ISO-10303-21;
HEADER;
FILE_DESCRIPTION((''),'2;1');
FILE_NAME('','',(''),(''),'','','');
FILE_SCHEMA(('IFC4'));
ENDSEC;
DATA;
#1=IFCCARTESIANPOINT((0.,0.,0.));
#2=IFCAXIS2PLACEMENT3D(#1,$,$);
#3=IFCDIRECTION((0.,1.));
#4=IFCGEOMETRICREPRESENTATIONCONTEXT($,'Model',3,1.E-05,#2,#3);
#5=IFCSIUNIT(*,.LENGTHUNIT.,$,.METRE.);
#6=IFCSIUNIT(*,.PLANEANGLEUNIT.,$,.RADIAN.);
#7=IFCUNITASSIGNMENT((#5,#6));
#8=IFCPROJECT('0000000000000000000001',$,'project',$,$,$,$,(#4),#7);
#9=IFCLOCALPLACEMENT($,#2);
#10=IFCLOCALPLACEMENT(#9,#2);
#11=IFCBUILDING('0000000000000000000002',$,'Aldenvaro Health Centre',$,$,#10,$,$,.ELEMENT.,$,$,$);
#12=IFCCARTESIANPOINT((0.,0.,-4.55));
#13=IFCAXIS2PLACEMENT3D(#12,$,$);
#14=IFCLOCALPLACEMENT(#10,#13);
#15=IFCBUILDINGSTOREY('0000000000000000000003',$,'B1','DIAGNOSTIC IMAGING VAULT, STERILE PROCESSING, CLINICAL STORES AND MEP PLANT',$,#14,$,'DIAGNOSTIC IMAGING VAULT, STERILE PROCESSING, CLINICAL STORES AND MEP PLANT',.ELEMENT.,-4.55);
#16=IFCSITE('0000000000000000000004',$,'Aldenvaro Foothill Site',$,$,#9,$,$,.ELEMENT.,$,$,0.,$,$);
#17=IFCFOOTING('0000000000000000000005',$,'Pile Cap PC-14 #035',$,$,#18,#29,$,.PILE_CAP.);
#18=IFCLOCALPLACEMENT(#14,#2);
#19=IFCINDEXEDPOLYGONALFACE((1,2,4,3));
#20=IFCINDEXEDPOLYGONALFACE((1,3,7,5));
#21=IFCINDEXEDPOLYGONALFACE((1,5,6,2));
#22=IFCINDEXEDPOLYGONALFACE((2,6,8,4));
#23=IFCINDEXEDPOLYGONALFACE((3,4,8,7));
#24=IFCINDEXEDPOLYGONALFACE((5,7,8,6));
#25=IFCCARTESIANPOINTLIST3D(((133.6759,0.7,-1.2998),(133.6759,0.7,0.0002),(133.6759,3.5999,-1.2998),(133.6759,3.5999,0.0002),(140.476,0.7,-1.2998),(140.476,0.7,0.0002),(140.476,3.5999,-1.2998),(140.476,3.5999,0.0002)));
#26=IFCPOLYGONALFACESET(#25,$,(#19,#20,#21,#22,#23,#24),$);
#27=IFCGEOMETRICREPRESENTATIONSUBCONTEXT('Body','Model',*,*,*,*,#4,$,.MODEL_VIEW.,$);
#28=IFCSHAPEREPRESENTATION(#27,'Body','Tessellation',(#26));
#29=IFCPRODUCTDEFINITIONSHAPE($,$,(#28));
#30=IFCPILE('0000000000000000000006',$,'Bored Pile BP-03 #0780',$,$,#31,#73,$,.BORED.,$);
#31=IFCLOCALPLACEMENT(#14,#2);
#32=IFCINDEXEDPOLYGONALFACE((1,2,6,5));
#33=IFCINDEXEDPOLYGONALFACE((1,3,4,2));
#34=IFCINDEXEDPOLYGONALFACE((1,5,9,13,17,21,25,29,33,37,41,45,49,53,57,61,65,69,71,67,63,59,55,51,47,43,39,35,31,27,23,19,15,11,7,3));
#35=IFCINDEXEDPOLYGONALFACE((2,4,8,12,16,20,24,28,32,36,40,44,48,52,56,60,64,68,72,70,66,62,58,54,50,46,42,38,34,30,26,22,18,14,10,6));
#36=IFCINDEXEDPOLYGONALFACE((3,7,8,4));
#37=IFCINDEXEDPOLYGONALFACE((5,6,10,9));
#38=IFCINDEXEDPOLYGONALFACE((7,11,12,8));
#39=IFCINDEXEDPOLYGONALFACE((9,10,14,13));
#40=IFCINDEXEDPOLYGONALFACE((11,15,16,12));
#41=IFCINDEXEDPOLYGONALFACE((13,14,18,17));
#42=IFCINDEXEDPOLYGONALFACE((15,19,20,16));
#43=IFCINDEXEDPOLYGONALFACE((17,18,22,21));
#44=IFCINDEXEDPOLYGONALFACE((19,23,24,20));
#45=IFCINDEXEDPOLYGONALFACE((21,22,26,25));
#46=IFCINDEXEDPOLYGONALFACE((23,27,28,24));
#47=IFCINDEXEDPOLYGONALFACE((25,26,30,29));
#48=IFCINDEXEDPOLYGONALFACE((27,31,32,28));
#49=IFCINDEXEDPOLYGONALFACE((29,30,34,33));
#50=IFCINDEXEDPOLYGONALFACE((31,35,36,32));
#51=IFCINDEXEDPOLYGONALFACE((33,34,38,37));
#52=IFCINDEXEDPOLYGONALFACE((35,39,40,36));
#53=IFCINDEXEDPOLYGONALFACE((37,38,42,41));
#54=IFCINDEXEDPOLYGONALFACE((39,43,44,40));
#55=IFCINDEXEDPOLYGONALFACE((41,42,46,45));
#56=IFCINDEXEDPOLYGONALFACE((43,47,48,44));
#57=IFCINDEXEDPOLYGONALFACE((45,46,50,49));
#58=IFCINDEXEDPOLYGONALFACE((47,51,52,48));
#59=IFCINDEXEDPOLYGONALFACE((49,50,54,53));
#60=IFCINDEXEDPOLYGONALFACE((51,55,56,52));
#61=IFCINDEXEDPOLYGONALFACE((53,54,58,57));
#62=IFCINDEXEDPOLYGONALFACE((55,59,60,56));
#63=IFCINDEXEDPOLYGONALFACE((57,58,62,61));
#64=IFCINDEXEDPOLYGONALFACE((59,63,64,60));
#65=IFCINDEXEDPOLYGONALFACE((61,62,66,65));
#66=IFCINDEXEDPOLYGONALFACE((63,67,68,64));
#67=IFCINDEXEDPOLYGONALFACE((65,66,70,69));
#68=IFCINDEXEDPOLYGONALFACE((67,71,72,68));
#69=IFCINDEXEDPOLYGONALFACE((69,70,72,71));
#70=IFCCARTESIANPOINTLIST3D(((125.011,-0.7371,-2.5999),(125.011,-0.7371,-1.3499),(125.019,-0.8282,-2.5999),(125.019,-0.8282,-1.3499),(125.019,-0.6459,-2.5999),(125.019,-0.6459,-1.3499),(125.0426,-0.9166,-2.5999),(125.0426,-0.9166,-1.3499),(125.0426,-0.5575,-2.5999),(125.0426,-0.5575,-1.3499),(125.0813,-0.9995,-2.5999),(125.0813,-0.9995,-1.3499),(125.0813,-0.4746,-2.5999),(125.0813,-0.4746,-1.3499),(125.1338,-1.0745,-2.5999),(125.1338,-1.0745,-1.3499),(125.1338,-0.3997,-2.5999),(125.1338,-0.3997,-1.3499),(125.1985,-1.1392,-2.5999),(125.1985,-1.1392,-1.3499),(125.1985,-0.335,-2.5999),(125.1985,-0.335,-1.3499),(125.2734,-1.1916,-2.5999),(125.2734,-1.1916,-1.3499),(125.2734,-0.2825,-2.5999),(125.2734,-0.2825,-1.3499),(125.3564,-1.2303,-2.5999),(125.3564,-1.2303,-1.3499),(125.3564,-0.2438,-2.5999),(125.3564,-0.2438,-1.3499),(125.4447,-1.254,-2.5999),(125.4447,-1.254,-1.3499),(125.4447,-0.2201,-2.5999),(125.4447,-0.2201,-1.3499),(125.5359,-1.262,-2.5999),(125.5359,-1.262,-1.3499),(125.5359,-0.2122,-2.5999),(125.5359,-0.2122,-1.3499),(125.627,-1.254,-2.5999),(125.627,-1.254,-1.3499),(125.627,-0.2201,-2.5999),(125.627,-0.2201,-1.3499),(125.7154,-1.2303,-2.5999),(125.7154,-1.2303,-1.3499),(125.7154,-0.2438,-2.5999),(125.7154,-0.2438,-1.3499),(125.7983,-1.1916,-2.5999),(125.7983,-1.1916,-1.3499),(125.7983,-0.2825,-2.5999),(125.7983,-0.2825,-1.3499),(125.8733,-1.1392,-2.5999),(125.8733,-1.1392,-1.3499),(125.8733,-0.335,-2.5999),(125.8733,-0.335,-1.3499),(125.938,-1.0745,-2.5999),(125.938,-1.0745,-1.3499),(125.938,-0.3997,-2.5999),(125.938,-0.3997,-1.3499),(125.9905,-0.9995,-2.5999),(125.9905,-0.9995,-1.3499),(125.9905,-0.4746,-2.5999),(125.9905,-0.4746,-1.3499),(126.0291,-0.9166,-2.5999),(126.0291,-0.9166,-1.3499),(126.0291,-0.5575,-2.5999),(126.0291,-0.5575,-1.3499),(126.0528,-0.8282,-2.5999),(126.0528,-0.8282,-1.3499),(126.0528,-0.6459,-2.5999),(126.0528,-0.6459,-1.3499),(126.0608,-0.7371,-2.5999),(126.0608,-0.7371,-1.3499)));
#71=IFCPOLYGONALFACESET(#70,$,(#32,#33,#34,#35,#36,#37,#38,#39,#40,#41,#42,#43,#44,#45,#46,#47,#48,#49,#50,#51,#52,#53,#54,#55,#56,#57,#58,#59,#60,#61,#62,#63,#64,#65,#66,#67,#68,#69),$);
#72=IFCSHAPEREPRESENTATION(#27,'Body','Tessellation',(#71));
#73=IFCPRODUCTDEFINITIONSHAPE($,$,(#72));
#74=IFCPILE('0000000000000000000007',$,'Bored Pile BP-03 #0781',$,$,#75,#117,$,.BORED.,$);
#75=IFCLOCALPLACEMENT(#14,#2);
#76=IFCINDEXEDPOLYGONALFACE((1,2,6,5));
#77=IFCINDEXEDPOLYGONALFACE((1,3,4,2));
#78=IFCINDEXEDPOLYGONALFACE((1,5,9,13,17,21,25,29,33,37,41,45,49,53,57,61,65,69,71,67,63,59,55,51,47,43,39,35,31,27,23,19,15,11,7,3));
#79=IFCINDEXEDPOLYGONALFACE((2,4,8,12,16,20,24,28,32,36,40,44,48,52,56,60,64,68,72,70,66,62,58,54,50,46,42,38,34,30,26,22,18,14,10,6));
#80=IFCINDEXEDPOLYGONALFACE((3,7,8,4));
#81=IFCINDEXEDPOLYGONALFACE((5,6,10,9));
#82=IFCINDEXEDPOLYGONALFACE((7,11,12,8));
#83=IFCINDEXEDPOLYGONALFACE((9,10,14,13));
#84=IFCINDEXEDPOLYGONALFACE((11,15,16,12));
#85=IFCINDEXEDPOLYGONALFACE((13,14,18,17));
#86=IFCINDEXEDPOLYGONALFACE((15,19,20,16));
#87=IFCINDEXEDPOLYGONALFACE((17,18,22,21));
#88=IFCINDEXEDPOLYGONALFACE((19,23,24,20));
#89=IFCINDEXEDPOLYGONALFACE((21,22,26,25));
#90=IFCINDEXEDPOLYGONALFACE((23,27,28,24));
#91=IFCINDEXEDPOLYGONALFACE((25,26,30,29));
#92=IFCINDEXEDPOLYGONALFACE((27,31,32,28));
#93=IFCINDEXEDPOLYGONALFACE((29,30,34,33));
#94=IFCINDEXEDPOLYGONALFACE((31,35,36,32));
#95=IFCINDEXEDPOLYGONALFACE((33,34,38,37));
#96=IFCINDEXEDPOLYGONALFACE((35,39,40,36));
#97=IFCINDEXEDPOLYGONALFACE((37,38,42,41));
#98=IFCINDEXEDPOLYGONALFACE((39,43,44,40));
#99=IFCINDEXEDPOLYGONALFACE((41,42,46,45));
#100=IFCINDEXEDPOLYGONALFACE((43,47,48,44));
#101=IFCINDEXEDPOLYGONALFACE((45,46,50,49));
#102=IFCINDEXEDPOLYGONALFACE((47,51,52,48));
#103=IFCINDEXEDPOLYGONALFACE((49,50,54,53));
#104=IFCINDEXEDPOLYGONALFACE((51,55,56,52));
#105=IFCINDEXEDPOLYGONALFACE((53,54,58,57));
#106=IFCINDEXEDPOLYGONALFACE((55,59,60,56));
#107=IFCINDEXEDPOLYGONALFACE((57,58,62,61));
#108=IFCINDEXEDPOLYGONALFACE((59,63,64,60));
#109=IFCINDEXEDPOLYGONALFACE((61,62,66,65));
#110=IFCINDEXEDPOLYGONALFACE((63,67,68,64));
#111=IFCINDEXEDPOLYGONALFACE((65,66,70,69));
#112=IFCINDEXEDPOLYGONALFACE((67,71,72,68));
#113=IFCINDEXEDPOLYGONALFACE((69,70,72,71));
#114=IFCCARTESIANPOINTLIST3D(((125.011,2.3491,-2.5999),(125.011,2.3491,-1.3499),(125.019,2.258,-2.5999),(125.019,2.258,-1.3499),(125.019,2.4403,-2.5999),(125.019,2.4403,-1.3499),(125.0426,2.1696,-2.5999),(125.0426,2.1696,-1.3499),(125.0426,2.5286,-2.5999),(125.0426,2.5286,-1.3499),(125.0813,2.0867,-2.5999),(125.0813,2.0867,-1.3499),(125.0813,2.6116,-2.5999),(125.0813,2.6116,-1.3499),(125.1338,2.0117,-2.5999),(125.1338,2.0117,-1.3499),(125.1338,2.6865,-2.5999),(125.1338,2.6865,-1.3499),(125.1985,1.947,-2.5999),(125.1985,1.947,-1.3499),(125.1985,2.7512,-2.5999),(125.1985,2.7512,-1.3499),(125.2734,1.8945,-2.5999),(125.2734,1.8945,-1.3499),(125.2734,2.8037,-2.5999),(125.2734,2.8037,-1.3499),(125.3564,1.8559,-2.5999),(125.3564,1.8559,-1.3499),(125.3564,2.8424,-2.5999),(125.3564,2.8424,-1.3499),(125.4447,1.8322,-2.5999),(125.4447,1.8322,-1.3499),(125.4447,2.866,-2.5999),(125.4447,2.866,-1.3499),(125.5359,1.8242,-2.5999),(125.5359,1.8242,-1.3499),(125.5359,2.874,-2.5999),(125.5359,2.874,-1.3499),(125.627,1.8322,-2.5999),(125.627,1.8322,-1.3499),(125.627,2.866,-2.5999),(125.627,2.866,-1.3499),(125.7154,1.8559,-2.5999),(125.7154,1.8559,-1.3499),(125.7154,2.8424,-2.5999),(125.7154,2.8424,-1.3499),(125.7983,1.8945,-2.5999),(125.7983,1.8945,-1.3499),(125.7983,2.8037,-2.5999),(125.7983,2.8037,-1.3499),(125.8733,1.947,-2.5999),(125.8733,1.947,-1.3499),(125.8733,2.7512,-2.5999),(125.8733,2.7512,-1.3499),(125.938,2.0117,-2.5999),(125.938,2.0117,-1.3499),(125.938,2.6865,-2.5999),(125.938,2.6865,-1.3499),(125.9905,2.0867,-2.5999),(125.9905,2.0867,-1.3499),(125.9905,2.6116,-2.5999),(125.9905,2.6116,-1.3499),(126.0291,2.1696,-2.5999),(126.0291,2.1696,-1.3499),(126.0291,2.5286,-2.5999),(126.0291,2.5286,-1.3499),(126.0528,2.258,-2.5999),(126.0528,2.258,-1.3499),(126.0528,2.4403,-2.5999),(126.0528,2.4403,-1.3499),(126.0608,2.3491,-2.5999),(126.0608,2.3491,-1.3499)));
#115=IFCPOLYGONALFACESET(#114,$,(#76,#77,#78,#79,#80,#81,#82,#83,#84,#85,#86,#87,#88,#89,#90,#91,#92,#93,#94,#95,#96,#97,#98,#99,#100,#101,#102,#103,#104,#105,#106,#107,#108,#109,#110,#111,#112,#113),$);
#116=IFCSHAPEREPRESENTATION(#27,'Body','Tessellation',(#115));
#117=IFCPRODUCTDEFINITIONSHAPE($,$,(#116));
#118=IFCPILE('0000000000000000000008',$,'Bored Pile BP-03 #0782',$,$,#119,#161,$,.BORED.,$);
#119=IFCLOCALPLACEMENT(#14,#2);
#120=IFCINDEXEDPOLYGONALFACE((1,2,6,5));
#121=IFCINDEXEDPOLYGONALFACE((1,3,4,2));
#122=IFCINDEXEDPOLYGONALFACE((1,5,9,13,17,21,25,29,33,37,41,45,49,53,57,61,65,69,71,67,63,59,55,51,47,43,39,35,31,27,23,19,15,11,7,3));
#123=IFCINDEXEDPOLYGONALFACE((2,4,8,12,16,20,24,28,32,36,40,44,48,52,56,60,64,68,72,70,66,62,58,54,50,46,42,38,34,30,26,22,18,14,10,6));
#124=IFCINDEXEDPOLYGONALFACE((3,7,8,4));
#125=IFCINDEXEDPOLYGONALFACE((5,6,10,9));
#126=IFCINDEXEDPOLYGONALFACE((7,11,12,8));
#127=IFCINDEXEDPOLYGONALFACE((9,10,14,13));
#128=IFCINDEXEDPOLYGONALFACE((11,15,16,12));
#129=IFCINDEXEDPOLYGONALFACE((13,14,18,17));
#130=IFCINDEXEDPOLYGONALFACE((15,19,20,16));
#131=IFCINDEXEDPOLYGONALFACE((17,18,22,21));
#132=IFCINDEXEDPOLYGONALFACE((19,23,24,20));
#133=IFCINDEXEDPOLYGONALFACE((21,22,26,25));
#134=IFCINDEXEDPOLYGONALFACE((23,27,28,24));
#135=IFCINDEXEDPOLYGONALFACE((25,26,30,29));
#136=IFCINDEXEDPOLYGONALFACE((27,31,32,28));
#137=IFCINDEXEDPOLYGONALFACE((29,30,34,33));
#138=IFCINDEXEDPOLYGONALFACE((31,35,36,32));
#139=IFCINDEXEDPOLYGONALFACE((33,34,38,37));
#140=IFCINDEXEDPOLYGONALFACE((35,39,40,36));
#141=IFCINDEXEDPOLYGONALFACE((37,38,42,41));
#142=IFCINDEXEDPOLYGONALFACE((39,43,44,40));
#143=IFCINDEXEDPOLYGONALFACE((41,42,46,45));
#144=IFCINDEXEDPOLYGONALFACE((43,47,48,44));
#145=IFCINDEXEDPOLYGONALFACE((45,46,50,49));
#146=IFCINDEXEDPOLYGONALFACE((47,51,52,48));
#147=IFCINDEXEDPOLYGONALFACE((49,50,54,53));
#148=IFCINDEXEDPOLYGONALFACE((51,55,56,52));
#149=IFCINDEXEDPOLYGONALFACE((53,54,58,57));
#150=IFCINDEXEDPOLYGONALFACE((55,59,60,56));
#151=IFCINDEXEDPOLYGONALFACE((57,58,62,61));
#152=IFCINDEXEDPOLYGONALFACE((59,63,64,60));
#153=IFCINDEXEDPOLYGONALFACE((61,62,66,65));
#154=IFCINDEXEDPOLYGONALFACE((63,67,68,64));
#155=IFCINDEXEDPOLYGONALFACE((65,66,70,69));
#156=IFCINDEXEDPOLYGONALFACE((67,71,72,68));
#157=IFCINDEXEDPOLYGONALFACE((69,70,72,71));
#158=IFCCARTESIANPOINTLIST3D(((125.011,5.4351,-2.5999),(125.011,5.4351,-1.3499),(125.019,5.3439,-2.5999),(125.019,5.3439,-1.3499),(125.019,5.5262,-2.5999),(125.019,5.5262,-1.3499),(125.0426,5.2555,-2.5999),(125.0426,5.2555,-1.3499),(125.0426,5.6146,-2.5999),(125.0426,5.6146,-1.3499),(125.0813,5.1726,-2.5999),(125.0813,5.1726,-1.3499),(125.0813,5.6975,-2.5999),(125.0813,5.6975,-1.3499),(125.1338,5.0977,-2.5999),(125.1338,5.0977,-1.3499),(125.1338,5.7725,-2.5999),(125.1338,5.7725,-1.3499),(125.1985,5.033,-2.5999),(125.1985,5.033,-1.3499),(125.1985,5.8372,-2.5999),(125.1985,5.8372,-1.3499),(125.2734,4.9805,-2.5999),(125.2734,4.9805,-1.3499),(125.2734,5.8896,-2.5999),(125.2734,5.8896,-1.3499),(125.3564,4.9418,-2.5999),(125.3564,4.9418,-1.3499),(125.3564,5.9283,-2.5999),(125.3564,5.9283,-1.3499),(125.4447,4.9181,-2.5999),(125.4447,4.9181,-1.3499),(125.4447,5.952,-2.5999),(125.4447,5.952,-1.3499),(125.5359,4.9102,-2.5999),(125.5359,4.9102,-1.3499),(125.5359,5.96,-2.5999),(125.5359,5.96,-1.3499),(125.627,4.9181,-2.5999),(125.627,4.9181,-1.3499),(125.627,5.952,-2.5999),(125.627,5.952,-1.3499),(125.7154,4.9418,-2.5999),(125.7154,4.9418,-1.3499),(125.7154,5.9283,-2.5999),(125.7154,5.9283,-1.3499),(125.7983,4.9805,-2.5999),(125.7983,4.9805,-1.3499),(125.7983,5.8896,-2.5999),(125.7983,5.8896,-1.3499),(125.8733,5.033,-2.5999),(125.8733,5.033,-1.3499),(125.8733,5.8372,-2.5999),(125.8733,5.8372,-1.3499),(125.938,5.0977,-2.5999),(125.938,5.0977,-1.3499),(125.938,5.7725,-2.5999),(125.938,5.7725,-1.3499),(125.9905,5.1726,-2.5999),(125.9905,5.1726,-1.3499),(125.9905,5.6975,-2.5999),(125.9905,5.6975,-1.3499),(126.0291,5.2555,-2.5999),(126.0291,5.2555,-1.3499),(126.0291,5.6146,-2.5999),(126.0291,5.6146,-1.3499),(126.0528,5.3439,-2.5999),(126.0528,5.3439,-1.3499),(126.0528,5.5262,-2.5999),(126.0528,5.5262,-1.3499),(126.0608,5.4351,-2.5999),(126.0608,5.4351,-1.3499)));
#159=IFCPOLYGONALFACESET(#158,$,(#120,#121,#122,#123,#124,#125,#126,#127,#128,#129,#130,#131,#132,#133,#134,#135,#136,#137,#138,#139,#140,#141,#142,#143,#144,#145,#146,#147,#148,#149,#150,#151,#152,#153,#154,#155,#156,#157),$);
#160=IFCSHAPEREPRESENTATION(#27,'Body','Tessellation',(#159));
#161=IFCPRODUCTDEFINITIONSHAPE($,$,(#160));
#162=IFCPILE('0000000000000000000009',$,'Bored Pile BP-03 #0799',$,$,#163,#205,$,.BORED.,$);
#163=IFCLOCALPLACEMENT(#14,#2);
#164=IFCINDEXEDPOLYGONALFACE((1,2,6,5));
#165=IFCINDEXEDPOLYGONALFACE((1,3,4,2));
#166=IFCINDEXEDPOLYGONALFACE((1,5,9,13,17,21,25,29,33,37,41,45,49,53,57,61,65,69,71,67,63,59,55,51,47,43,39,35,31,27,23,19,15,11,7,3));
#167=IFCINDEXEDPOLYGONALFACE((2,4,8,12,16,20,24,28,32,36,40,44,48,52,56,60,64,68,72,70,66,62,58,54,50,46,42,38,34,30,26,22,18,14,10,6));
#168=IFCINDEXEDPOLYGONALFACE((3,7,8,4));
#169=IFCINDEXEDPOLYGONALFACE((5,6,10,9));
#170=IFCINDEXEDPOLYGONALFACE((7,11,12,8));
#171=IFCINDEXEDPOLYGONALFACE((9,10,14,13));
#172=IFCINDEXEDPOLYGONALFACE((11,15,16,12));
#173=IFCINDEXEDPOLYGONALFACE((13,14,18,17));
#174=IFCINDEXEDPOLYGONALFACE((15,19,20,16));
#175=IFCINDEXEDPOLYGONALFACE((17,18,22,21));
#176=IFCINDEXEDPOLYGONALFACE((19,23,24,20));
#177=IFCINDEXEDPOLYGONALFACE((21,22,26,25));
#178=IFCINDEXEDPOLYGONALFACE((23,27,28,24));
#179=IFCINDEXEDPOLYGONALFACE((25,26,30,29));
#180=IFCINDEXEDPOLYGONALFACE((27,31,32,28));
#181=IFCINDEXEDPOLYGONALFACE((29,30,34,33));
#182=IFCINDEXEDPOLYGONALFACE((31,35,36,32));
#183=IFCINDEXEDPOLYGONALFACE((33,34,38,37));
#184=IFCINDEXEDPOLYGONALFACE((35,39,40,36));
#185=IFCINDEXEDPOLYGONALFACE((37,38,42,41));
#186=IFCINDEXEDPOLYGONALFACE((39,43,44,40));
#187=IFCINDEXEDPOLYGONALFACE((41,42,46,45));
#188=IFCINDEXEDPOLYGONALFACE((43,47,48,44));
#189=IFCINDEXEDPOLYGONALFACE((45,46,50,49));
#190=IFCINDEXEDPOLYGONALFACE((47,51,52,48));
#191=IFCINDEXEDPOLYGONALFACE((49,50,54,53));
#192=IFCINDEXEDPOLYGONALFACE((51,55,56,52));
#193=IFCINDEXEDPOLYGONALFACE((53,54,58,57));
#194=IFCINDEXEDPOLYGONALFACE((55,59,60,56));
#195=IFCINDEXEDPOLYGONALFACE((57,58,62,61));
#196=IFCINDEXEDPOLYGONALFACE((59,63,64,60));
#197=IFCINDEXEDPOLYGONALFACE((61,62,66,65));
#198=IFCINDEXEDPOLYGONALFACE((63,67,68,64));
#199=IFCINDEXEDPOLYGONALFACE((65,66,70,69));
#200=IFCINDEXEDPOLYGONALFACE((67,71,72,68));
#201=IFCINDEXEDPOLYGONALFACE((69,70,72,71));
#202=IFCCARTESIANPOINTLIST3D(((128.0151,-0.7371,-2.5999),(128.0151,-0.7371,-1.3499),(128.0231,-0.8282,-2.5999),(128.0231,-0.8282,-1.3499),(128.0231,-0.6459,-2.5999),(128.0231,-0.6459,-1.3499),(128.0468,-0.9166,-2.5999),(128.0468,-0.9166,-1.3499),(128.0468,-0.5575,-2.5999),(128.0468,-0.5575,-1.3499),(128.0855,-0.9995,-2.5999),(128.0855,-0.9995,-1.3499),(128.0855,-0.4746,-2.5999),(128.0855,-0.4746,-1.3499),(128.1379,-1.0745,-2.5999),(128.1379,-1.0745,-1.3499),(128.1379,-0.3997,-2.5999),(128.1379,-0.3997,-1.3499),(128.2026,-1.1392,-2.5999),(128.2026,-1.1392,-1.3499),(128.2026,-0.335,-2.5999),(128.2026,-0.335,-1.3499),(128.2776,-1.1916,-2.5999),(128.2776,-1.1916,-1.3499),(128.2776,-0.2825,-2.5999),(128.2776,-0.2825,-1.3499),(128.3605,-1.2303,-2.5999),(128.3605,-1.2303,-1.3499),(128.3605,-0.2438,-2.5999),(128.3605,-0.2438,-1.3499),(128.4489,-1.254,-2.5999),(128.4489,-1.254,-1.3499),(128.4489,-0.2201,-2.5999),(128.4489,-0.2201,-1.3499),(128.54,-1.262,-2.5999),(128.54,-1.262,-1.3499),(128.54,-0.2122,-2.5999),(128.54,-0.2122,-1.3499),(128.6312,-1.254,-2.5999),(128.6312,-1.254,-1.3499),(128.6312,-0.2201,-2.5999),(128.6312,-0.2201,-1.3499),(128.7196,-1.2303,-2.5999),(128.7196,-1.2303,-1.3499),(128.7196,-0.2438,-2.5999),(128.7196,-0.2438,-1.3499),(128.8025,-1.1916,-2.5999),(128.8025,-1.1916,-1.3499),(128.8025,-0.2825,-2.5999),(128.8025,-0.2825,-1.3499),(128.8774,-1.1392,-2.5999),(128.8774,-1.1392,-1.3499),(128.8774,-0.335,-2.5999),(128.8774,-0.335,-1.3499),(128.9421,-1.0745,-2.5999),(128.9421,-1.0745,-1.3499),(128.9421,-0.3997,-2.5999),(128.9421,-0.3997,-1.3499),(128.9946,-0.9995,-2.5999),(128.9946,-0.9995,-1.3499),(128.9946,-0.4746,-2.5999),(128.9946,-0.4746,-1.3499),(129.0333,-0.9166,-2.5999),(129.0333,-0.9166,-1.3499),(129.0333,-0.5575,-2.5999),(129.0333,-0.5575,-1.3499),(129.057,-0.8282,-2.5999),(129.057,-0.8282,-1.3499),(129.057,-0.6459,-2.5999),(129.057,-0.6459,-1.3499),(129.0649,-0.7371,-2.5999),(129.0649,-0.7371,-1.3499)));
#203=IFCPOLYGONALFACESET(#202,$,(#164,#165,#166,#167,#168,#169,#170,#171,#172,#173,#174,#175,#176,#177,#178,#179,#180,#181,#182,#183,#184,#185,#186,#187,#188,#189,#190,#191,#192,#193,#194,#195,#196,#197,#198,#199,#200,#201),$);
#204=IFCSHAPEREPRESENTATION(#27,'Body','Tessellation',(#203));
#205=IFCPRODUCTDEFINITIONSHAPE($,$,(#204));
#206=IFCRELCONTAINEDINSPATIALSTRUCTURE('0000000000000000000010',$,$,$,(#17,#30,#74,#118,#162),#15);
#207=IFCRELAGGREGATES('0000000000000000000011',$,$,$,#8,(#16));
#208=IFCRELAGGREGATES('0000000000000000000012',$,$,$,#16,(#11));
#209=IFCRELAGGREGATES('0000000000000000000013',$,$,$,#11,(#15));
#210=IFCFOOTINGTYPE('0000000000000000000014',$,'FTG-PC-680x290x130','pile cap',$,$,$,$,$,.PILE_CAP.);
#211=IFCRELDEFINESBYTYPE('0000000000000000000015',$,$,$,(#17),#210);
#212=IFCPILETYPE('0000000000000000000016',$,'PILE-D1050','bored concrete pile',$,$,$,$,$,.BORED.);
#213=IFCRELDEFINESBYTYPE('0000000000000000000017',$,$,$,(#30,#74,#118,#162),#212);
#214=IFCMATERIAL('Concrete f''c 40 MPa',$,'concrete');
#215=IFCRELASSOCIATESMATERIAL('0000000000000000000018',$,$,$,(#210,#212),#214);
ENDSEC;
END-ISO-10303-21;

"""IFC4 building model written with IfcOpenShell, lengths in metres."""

from ifc_helpers import new_model, si_unit, direction, frame, origin, origin_2d, place, context, subcontext, project, spatial, rectangle, circle, extrude, material, material_profile, profile_set, type_object, element, save


model = new_model("IFC4")

# Units and contexts
model_context = context("Model", 3, precision=1e-05, world=origin(), true_north=direction((0.0, 1.0)))
body_context = subcontext(model_context, "Body", "Model", "MODEL_VIEW")
ifc_project = project(units=[si_unit("LENGTHUNIT", "METRE"), si_unit("PLANEANGLEUNIT", "RADIAN")], contexts=[model_context])

# Site, building, storey
site_placement = place(None, origin())
site = spatial("IfcSite", under=ifc_project, at=site_placement, Name="Aldenvaro Foothill Site", CompositionType="ELEMENT", RefElevation=0.0)
building_placement = place(site_placement, origin())
building = spatial("IfcBuilding", under=site, at=building_placement, Name="Aldenvaro Health Centre", CompositionType="ELEMENT")
storey_placement = place(building_placement, frame((0.0, 0.0, -4.55)))
storey = spatial("IfcBuildingStorey", under=building, at=storey_placement, Name="B1", Description="DIAGNOSTIC IMAGING VAULT, STERILE PROCESSING, CLINICAL STORES AND MEP PLANT", LongName="DIAGNOSTIC IMAGING VAULT, STERILE PROCESSING, CLINICAL STORES AND MEP PLANT", CompositionType="ELEMENT", Elevation=-4.55)

# Footing
ifc_material = material(Name="Concrete f'c 40 MPa", Category="concrete")
footing_type = type_object("IfcFootingType", Name="FTG-PC-680x290x130", Description="pile cap", PredefinedType="PILE_CAP", material=ifc_material)
footing_placement = place(storey_placement, frame((137.0759, 2.1499, -1.2998), z_axis=(0.0, 0.0, 1.0), x_axis=(1.0, 0.0, 0.0)))
element("IfcFooting", 1, at=footing_placement, inside=storey, type_object=footing_type, Name="Pile Cap PC-14 #035", PredefinedType="PILE_CAP", context=body_context, shape_type="SweptSolid", body=[
    extrude(rectangle(XDim=6.8, YDim=2.8999, at=origin_2d()), origin(), (0.0, 0.0, 1.0), 1.3),
])

# Piles
ifc_material_profile_1 = material_profile(ifc_material, circle(Radius=0.5249, at=origin_2d()), Name="PILE D1050", Category="concrete")
ifc_profile_set_1 = profile_set([ifc_material_profile_1], Name="Concrete f'c 40 MPa")
pile_type_1 = type_object("IfcPileType", Name="PILE-D1050", Description="bored concrete pile", PredefinedType="BORED", material=ifc_profile_set_1)
for number, where, z_axis, x_axis, name in (
    (2, (125.5359, -0.7371, -1.3499), (0.0, 0.0, -1.0), (1.0, 0.0, 0.0), "Bored Pile BP-03 #0780"),
    (3, (125.5359, 2.3491, -1.3499), (0.0, 0.0, -1.0), (1.0, 0.0, 0.0), "Bored Pile BP-03 #0781"),
    (4, (125.5359, 5.4351, -1.3499), (0.0, 0.0, -1.0), (1.0, 0.0, 0.0), "Bored Pile BP-03 #0782"),
    (5, (128.54, -0.7371, -1.3499), (0.0, 0.0, -1.0), (1.0, 0.0, 0.0), "Bored Pile BP-03 #0799"),
):
    element("IfcPile", number, at=place(storey_placement, frame(where, z_axis=z_axis, x_axis=x_axis)), inside=storey, type_object=pile_type_1, Name=name, PredefinedType="BORED", context=body_context, shape_type="SweptSolid", body=[
        extrude(circle(Radius=0.5249, at=origin_2d()), origin(), (0.0, 0.0, 1.0), 1.25),
    ])

save(model, "model.ifc")
